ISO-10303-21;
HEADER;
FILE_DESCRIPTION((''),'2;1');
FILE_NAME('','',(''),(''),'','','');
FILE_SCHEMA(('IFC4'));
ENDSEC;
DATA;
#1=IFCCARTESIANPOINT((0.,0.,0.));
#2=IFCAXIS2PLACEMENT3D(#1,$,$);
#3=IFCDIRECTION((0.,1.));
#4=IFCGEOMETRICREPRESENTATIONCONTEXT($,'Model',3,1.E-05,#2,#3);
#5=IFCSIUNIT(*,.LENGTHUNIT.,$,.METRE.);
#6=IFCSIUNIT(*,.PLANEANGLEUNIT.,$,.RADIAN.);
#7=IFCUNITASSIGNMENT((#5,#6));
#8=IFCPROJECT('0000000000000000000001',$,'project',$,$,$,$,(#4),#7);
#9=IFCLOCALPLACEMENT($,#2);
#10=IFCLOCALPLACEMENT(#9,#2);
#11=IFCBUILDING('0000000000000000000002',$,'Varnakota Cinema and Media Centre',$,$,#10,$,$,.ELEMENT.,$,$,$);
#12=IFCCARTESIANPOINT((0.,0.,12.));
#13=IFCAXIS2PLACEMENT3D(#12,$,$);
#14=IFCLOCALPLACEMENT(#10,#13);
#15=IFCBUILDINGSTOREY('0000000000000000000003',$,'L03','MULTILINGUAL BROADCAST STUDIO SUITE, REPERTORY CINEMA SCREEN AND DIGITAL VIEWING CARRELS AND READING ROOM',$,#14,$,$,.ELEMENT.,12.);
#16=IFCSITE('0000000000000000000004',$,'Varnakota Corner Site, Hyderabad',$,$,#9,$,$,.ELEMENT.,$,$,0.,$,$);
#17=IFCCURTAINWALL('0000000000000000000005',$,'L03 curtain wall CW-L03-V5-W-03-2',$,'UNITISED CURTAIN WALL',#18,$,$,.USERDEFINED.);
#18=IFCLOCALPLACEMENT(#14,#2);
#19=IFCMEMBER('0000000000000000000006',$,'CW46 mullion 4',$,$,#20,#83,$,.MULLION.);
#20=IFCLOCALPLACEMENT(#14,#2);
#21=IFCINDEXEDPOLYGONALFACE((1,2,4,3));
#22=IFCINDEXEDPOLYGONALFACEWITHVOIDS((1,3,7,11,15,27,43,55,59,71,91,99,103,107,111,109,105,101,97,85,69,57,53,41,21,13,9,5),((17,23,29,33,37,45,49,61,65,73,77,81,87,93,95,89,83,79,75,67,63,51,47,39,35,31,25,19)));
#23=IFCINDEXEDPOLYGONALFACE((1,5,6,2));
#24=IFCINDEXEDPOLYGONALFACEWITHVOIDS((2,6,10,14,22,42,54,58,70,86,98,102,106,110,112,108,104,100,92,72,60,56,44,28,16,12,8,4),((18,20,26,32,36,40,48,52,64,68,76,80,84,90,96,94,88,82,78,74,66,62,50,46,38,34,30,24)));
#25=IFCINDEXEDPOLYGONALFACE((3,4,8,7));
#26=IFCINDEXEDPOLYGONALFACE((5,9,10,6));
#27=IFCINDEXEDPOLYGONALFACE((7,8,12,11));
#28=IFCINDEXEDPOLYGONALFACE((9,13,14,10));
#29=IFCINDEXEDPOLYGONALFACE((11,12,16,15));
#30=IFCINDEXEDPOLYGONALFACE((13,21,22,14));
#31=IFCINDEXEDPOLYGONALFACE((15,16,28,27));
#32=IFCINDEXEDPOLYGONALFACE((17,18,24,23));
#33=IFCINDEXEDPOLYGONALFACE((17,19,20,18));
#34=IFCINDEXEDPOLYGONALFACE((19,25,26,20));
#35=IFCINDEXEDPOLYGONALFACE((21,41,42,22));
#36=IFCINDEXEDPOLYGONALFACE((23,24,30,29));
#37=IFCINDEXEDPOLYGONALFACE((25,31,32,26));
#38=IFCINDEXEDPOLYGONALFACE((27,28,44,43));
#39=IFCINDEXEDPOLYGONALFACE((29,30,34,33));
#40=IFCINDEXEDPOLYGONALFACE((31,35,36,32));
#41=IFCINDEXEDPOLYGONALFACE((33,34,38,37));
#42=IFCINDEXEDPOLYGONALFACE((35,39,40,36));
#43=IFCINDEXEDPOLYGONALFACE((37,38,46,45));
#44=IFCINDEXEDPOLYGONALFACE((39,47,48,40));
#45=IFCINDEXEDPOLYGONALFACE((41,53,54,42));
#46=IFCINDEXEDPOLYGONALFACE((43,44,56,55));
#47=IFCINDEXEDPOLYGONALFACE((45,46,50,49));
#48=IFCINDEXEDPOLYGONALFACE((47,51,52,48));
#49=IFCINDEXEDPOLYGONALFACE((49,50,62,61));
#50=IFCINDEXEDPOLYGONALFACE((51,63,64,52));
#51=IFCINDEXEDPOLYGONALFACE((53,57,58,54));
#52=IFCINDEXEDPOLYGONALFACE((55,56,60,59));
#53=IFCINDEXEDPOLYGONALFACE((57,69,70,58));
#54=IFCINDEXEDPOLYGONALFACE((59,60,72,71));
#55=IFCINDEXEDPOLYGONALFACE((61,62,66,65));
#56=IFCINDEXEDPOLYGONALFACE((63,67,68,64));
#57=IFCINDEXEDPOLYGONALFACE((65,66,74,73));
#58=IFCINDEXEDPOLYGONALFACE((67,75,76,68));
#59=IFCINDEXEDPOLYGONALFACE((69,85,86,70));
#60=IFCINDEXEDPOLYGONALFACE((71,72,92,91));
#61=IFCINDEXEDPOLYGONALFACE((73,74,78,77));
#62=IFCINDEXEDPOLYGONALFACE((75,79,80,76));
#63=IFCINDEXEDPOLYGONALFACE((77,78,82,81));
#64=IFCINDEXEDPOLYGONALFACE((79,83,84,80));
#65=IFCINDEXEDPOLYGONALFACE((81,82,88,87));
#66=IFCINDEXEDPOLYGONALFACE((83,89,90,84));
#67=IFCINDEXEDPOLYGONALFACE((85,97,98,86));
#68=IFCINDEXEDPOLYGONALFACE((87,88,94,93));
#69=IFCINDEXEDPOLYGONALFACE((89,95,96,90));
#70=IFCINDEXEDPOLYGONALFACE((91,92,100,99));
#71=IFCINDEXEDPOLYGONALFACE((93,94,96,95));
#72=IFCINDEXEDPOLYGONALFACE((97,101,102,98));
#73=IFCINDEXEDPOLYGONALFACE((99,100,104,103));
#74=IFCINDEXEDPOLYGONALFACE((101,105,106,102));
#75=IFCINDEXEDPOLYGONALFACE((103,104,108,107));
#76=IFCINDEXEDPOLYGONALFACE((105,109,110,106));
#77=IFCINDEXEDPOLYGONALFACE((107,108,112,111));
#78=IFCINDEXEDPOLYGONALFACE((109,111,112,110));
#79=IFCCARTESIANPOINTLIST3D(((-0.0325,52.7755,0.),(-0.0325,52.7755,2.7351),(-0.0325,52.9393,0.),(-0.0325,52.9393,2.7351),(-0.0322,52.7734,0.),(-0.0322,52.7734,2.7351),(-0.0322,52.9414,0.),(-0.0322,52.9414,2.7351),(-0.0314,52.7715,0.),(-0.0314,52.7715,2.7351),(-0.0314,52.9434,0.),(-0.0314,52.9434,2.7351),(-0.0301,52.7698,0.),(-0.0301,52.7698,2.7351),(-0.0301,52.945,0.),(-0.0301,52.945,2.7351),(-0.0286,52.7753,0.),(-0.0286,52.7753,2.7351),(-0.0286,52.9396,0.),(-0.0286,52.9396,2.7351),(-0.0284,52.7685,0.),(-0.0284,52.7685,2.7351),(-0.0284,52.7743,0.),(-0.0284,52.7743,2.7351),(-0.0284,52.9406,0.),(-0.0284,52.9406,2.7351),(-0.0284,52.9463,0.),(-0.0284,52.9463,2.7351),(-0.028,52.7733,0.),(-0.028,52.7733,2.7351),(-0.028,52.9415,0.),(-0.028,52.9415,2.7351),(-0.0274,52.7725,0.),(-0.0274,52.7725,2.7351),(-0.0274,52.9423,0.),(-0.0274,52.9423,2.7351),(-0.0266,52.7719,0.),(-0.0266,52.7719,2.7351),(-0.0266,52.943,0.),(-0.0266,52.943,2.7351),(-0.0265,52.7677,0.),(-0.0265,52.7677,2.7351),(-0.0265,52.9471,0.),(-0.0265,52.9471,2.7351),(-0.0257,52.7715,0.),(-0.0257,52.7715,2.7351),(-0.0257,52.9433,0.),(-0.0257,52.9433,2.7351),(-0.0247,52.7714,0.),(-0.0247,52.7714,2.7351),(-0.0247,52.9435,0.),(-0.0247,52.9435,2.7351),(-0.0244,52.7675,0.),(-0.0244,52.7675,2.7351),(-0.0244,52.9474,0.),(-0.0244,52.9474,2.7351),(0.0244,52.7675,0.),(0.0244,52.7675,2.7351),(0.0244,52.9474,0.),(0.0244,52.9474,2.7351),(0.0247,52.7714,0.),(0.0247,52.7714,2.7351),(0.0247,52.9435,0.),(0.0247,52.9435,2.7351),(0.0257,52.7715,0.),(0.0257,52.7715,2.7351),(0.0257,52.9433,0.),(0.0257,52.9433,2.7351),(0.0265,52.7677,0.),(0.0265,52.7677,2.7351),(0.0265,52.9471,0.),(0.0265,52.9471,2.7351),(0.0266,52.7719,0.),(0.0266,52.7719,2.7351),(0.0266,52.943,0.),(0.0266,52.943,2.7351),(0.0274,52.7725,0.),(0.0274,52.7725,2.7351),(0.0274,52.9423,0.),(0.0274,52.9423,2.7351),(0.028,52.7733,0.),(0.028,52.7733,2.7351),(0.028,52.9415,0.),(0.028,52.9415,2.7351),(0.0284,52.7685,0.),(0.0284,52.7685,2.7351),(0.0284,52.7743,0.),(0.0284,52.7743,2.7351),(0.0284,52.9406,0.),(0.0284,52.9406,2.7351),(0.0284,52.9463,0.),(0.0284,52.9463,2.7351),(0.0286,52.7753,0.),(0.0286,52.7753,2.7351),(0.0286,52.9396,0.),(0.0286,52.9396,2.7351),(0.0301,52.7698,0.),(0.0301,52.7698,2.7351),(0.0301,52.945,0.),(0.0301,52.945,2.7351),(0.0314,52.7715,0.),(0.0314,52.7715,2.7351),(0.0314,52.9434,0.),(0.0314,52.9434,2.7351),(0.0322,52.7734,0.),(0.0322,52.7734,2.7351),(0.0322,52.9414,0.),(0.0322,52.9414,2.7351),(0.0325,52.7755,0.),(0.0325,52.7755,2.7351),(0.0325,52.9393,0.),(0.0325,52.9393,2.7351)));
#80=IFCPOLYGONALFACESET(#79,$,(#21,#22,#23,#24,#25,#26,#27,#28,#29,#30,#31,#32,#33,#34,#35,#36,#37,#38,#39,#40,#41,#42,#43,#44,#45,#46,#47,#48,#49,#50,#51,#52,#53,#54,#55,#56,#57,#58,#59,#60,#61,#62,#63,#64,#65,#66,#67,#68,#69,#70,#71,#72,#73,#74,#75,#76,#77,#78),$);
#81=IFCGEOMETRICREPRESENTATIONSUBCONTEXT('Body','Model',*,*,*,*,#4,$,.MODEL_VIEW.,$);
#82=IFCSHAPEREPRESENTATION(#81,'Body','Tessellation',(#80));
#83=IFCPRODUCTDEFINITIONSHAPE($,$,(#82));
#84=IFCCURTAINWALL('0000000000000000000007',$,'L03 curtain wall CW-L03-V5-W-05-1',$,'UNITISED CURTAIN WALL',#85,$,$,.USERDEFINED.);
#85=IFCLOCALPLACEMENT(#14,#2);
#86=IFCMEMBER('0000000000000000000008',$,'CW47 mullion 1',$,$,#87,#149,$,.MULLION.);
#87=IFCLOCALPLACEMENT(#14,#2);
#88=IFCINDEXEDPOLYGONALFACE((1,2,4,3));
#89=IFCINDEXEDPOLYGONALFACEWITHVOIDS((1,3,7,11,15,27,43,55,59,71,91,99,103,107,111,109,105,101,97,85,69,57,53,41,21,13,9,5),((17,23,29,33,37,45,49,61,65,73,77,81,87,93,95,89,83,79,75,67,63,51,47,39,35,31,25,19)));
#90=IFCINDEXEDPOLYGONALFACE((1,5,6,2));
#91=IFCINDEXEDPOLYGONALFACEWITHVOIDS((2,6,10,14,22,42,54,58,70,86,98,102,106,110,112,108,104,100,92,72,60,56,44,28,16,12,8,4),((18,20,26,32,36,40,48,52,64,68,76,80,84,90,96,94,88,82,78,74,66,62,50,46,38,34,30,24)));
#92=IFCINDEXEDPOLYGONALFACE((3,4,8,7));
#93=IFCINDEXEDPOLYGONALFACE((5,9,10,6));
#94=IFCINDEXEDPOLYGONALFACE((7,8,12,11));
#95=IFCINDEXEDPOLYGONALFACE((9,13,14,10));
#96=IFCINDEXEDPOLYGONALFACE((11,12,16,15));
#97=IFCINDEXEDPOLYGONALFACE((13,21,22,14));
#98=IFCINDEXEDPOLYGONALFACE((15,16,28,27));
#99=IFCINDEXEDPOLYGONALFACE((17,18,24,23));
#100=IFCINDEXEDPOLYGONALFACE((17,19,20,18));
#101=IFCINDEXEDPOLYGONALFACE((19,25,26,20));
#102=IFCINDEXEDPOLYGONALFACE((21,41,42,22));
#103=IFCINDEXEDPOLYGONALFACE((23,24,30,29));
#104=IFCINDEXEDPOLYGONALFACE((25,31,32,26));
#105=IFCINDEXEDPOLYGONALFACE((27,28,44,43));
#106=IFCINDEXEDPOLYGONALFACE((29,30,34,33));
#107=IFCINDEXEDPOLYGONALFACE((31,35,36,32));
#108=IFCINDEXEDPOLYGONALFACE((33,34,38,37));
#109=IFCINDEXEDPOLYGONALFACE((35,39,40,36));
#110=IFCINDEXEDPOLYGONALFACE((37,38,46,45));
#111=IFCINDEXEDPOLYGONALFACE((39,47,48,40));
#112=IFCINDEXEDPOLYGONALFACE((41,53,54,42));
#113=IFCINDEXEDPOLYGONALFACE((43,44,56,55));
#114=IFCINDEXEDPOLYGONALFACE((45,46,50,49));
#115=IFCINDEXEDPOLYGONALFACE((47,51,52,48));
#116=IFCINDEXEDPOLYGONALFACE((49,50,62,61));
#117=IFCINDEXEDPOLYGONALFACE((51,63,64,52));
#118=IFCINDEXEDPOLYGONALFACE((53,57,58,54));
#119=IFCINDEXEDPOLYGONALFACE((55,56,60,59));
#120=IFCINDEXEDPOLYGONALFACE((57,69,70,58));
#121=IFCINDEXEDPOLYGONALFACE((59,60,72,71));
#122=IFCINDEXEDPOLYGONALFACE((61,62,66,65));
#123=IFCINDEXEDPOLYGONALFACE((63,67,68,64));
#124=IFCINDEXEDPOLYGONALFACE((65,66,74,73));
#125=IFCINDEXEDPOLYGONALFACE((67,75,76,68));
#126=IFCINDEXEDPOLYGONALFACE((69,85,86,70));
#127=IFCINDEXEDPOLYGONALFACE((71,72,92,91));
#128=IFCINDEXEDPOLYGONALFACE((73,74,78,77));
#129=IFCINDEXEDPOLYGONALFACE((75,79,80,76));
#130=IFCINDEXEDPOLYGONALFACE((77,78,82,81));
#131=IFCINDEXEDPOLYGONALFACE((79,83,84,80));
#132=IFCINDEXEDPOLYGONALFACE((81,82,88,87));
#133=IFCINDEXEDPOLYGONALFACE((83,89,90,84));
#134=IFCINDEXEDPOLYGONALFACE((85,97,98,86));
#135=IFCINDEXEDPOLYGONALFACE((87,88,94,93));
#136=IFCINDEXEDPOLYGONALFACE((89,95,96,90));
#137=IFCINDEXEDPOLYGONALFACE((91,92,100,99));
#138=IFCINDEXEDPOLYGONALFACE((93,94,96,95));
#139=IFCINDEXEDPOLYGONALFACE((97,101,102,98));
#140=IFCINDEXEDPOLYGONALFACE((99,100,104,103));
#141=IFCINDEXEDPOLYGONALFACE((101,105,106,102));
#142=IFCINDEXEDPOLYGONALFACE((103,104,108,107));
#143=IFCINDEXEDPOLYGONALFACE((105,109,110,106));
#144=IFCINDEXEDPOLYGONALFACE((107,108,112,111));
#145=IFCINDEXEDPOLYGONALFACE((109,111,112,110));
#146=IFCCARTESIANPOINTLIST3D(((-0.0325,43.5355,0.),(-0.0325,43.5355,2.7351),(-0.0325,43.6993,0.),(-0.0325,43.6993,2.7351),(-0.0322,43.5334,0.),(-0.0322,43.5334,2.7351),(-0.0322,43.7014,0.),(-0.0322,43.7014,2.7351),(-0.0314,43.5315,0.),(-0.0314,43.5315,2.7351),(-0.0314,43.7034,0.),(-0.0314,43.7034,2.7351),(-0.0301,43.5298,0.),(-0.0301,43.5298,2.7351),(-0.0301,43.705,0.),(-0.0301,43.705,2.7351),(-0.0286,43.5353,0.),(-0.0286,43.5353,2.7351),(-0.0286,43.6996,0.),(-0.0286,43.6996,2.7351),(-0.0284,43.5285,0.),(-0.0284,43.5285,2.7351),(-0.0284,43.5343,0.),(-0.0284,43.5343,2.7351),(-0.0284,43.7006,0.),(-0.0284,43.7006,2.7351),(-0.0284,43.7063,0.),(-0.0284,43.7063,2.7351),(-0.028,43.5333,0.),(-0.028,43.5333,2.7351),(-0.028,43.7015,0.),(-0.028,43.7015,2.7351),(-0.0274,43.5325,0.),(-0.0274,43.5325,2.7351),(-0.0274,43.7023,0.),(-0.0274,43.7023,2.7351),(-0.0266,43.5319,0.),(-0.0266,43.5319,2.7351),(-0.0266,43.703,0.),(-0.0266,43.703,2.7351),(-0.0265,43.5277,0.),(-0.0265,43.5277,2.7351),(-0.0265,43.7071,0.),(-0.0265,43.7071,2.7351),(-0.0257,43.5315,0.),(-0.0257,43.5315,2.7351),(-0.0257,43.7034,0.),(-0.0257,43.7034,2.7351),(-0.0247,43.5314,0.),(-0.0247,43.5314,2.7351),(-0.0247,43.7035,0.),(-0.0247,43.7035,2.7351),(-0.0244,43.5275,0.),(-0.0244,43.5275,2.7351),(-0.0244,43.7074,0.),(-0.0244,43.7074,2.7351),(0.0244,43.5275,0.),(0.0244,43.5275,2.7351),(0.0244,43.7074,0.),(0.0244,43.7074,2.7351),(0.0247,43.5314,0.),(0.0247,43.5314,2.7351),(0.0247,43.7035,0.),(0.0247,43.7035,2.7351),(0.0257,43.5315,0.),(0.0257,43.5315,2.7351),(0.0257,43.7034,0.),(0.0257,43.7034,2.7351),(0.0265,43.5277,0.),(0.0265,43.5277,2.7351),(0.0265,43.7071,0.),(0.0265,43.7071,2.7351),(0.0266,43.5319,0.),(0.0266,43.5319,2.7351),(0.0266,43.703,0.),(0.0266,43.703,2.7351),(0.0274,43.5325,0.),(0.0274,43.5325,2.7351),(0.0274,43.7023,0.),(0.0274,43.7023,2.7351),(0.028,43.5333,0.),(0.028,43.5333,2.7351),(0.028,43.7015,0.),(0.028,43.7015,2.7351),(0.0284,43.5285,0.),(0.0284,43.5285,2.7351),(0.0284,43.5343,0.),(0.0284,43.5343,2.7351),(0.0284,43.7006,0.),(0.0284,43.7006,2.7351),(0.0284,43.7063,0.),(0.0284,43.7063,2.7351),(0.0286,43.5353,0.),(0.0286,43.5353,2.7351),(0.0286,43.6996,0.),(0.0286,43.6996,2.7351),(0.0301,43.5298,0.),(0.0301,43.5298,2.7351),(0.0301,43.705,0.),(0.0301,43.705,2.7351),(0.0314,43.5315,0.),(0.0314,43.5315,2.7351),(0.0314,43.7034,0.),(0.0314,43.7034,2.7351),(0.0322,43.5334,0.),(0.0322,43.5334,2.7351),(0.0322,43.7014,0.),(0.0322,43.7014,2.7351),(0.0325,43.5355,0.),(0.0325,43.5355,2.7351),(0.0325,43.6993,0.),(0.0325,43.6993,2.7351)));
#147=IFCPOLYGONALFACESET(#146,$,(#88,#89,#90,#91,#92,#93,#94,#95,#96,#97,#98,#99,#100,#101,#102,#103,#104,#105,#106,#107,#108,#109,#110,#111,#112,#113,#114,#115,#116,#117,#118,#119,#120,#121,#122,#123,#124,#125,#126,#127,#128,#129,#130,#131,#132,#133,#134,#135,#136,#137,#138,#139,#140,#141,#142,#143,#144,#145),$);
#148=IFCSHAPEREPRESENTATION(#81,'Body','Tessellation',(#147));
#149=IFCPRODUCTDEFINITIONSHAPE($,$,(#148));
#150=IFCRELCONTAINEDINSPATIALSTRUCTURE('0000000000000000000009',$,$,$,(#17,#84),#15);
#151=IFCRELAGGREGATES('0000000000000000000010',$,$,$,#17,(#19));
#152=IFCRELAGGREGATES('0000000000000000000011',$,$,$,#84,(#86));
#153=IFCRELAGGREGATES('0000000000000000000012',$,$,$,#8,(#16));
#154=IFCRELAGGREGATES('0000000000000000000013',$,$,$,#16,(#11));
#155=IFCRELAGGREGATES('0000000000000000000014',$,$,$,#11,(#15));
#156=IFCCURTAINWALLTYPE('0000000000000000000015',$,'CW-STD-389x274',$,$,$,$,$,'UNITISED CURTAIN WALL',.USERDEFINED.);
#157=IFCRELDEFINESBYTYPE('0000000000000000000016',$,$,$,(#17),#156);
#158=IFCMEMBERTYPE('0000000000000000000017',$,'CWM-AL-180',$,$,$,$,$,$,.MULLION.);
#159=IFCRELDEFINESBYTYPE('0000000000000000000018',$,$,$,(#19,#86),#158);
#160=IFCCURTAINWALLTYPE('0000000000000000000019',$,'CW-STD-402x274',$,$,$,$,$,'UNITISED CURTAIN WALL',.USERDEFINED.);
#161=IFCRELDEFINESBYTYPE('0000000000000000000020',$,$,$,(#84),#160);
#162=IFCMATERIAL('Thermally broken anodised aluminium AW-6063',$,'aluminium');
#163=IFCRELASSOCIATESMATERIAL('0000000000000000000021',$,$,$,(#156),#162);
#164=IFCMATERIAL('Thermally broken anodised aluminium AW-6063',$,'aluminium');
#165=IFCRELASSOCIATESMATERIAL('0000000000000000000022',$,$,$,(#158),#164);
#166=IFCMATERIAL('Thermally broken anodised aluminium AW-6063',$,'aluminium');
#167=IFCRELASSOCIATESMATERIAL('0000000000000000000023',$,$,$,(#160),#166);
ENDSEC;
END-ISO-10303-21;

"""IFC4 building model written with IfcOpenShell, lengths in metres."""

from ifc_helpers import new_model, si_unit, direction, frame, origin, origin_2d, place, context, subcontext, project, spatial, hollow_rectangle, extrude, material, material_profile, profile_set, type_object, element, aggregate, save


model = new_model("IFC4")

# Units and contexts
model_context = context("Model", 3, precision=1e-05, world=origin(), true_north=direction((0.0, 1.0)))
body_context = subcontext(model_context, "Body", "Model", "MODEL_VIEW")
ifc_project = project(units=[si_unit("LENGTHUNIT", "METRE"), si_unit("PLANEANGLEUNIT", "RADIAN")], contexts=[model_context])

# Site, building, storey
site_placement = place(None, origin())
site = spatial("IfcSite", under=ifc_project, at=site_placement, Name="Varnakota Corner Site, Hyderabad", CompositionType="ELEMENT", RefElevation=0.0)
building_placement = place(site_placement, origin())
building = spatial("IfcBuilding", under=site, at=building_placement, Name="Varnakota Cinema and Media Centre", CompositionType="ELEMENT")
storey_placement = place(building_placement, frame((0.0, 0.0, 12.0)))
storey = spatial("IfcBuildingStorey", under=building, at=storey_placement, Name="L03", Description="MULTILINGUAL BROADCAST STUDIO SUITE, REPERTORY CINEMA SCREEN AND DIGITAL VIEWING CARRELS AND READING ROOM", CompositionType="ELEMENT", Elevation=12.0)

# Curtain wall, member
ifc_material_1 = material(Name="Thermally broken anodised aluminium AW-6063", Category="aluminium")
curtain_wall_type_1 = type_object("IfcCurtainWallType", Name="CW-STD-389x274", ElementType="UNITISED CURTAIN WALL", PredefinedType="USERDEFINED", material=ifc_material_1)
curtain_wall_1_placement = place(storey_placement, origin())
curtain_wall_1 = element("IfcCurtainWall", 1, at=curtain_wall_1_placement, inside=storey, type_object=curtain_wall_type_1, Name="L03 curtain wall CW-L03-V5-W-03-2", ObjectType="UNITISED CURTAIN WALL", PredefinedType="USERDEFINED")
ifc_material_2 = material(Name="Thermally broken anodised aluminium AW-6063", Category="aluminium")
ifc_material_profile_1 = material_profile(ifc_material_2, hollow_rectangle(XDim=0.0649, YDim=0.1799, WallThickness=0.0039, InnerFilletRadius=0.0039, OuterFilletRadius=0.0081, at=origin_2d()), Name="AL-MULLION 180x65x4")
ifc_profile_set_1 = profile_set([ifc_material_profile_1], Name="Thermally broken anodised aluminium AW-6063")
member_type_1 = type_object("IfcMemberType", Name="CWM-AL-180", PredefinedType="MULLION", material=ifc_profile_set_1)
member_1_placement = place(storey_placement, frame((0.0, 52.8574, 0.0), z_axis=(0.0, 0.0, 1.0), x_axis=(1.0, 0.0, 0.0)))
member_1 = element("IfcMember", 2, at=member_1_placement, type_object=member_type_1, Name="CW46 mullion 4", PredefinedType="MULLION", context=body_context, shape_type="SweptSolid", body=[
    extrude(hollow_rectangle(XDim=0.0649, YDim=0.1799, WallThickness=0.0039, InnerFilletRadius=0.0039, OuterFilletRadius=0.0081, at=origin_2d()), origin(), (0.0, 0.0, 1.0), 2.7351),
])

# Curtain wall, member
ifc_material_3 = material(Name="Thermally broken anodised aluminium AW-6063", Category="aluminium")
curtain_wall_type_2 = type_object("IfcCurtainWallType", Name="CW-STD-402x274", ElementType="UNITISED CURTAIN WALL", PredefinedType="USERDEFINED", material=ifc_material_3)
curtain_wall_2_placement = place(storey_placement, origin())
curtain_wall_2 = element("IfcCurtainWall", 3, at=curtain_wall_2_placement, inside=storey, type_object=curtain_wall_type_2, Name="L03 curtain wall CW-L03-V5-W-05-1", ObjectType="UNITISED CURTAIN WALL", PredefinedType="USERDEFINED")
member_2_placement = place(storey_placement, frame((0.0, 43.6174, 0.0), z_axis=(0.0, 0.0, 1.0), x_axis=(1.0, 0.0, 0.0)))
member_2 = element("IfcMember", 4, at=member_2_placement, type_object=member_type_1, Name="CW47 mullion 1", PredefinedType="MULLION", context=body_context, shape_type="SweptSolid", body=[
    extrude(hollow_rectangle(XDim=0.0649, YDim=0.1799, WallThickness=0.0039, InnerFilletRadius=0.0039, OuterFilletRadius=0.0081, at=origin_2d()), origin(), (0.0, 0.0, 1.0), 2.7351),
])

aggregate(curtain_wall_1, [member_1])
aggregate(curtain_wall_2, [member_2])

save(model, "model.ifc")
